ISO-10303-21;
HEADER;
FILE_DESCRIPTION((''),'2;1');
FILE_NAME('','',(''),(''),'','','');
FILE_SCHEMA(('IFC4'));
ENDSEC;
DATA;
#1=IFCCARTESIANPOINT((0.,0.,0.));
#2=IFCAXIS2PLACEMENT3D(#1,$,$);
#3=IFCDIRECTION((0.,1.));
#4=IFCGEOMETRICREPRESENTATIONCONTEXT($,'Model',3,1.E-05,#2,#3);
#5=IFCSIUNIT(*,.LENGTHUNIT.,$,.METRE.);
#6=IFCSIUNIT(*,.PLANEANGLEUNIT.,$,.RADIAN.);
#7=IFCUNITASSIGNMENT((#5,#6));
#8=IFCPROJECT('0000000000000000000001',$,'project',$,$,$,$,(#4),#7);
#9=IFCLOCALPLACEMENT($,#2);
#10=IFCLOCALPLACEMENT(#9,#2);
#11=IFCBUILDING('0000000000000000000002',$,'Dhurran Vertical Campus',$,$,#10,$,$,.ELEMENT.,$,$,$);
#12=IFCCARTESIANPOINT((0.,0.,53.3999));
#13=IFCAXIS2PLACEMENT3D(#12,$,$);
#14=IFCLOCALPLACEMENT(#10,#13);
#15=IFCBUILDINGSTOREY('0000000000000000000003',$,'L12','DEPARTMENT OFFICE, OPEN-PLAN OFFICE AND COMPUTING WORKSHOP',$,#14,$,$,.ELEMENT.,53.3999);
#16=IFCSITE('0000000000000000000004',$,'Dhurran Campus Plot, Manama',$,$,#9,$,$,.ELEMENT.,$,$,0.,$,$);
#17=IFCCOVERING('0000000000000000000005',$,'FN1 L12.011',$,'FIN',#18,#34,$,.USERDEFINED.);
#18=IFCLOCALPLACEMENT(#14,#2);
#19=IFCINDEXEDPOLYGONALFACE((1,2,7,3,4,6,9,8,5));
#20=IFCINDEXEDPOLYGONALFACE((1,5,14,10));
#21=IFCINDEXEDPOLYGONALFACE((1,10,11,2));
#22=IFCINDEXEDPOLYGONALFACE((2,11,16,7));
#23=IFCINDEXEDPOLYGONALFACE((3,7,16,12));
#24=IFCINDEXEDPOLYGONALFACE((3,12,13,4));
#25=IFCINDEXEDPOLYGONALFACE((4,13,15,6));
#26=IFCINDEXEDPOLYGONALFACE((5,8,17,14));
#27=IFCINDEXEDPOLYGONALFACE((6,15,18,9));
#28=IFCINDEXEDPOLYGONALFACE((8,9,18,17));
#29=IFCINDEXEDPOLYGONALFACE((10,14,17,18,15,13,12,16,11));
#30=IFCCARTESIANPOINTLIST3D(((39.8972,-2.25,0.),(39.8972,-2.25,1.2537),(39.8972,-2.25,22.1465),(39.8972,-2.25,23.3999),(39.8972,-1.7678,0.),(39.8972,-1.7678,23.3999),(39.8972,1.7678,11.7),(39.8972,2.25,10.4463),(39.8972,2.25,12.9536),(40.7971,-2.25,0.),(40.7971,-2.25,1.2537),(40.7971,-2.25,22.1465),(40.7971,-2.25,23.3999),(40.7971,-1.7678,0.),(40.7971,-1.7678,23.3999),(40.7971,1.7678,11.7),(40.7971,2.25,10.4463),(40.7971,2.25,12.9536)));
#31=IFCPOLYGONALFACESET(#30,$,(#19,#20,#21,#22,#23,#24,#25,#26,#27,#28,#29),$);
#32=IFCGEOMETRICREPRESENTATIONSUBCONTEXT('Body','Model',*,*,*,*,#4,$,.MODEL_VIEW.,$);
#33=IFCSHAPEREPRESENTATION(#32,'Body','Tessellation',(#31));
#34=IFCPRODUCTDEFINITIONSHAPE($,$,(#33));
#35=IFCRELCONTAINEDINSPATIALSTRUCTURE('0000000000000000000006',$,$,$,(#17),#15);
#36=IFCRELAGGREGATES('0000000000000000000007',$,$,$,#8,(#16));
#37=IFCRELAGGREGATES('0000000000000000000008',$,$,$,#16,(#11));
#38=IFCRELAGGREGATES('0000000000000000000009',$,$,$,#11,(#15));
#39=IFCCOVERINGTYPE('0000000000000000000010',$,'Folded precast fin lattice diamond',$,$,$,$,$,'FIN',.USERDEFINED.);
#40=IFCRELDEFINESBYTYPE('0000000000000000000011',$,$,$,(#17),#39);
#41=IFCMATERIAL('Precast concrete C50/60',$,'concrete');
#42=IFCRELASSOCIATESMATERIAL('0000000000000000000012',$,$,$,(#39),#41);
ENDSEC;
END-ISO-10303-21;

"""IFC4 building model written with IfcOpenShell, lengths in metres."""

from ifc_helpers import new_model, si_unit, direction, frame, origin, place, context, subcontext, project, spatial, polyline, outline, extrude, material, type_object, element, save


model = new_model("IFC4")

# Units and contexts
model_context = context("Model", 3, precision=1e-05, world=origin(), true_north=direction((0.0, 1.0)))
body_context = subcontext(model_context, "Body", "Model", "MODEL_VIEW")
ifc_project = project(units=[si_unit("LENGTHUNIT", "METRE"), si_unit("PLANEANGLEUNIT", "RADIAN")], contexts=[model_context])

# Site, building, storey
site_placement = place(None, origin())
site = spatial("IfcSite", under=ifc_project, at=site_placement, Name="Dhurran Campus Plot, Manama", CompositionType="ELEMENT", RefElevation=0.0)
building_placement = place(site_placement, origin())
building = spatial("IfcBuilding", under=site, at=building_placement, Name="Dhurran Vertical Campus", CompositionType="ELEMENT")
storey_placement = place(building_placement, frame((0.0, 0.0, 53.3999)))
storey = spatial("IfcBuildingStorey", under=building, at=storey_placement, Name="L12", Description="DEPARTMENT OFFICE, OPEN-PLAN OFFICE AND COMPUTING WORKSHOP", CompositionType="ELEMENT", Elevation=53.3999)

# Covering
ifc_material_1 = material(Name="Precast concrete C50/60", Category="concrete")
covering_type = type_object("IfcCoveringType", Name="Folded precast fin lattice diamond", ElementType="FIN", PredefinedType="USERDEFINED", material=ifc_material_1)
covering_1_placement = place(storey_placement, frame((39.8972, -2.25, 0.0), z_axis=(1.0, 0.0, 0.0), x_axis=(0.0, 1.0, 0.0)))
element("IfcCovering", 1, at=covering_1_placement, inside=storey, type_object=covering_type, Name="FN1 L12.011", ObjectType="FIN", PredefinedType="USERDEFINED", context=body_context, shape_type="SweptSolid", body=[
    extrude(outline(polyline([(4.5, 10.4463), (0.4822, 0.0), (0.0, 0.0), (0.0, 1.2537), (4.0178, 11.7), (0.0, 22.1465), (0.0, 23.3999), (0.4822, 23.3999), (4.5, 12.9536), (4.5, 10.4463)])), origin(), (0.0, 0.0, 1.0), 0.8999),
])

save(model, "model.ifc")
